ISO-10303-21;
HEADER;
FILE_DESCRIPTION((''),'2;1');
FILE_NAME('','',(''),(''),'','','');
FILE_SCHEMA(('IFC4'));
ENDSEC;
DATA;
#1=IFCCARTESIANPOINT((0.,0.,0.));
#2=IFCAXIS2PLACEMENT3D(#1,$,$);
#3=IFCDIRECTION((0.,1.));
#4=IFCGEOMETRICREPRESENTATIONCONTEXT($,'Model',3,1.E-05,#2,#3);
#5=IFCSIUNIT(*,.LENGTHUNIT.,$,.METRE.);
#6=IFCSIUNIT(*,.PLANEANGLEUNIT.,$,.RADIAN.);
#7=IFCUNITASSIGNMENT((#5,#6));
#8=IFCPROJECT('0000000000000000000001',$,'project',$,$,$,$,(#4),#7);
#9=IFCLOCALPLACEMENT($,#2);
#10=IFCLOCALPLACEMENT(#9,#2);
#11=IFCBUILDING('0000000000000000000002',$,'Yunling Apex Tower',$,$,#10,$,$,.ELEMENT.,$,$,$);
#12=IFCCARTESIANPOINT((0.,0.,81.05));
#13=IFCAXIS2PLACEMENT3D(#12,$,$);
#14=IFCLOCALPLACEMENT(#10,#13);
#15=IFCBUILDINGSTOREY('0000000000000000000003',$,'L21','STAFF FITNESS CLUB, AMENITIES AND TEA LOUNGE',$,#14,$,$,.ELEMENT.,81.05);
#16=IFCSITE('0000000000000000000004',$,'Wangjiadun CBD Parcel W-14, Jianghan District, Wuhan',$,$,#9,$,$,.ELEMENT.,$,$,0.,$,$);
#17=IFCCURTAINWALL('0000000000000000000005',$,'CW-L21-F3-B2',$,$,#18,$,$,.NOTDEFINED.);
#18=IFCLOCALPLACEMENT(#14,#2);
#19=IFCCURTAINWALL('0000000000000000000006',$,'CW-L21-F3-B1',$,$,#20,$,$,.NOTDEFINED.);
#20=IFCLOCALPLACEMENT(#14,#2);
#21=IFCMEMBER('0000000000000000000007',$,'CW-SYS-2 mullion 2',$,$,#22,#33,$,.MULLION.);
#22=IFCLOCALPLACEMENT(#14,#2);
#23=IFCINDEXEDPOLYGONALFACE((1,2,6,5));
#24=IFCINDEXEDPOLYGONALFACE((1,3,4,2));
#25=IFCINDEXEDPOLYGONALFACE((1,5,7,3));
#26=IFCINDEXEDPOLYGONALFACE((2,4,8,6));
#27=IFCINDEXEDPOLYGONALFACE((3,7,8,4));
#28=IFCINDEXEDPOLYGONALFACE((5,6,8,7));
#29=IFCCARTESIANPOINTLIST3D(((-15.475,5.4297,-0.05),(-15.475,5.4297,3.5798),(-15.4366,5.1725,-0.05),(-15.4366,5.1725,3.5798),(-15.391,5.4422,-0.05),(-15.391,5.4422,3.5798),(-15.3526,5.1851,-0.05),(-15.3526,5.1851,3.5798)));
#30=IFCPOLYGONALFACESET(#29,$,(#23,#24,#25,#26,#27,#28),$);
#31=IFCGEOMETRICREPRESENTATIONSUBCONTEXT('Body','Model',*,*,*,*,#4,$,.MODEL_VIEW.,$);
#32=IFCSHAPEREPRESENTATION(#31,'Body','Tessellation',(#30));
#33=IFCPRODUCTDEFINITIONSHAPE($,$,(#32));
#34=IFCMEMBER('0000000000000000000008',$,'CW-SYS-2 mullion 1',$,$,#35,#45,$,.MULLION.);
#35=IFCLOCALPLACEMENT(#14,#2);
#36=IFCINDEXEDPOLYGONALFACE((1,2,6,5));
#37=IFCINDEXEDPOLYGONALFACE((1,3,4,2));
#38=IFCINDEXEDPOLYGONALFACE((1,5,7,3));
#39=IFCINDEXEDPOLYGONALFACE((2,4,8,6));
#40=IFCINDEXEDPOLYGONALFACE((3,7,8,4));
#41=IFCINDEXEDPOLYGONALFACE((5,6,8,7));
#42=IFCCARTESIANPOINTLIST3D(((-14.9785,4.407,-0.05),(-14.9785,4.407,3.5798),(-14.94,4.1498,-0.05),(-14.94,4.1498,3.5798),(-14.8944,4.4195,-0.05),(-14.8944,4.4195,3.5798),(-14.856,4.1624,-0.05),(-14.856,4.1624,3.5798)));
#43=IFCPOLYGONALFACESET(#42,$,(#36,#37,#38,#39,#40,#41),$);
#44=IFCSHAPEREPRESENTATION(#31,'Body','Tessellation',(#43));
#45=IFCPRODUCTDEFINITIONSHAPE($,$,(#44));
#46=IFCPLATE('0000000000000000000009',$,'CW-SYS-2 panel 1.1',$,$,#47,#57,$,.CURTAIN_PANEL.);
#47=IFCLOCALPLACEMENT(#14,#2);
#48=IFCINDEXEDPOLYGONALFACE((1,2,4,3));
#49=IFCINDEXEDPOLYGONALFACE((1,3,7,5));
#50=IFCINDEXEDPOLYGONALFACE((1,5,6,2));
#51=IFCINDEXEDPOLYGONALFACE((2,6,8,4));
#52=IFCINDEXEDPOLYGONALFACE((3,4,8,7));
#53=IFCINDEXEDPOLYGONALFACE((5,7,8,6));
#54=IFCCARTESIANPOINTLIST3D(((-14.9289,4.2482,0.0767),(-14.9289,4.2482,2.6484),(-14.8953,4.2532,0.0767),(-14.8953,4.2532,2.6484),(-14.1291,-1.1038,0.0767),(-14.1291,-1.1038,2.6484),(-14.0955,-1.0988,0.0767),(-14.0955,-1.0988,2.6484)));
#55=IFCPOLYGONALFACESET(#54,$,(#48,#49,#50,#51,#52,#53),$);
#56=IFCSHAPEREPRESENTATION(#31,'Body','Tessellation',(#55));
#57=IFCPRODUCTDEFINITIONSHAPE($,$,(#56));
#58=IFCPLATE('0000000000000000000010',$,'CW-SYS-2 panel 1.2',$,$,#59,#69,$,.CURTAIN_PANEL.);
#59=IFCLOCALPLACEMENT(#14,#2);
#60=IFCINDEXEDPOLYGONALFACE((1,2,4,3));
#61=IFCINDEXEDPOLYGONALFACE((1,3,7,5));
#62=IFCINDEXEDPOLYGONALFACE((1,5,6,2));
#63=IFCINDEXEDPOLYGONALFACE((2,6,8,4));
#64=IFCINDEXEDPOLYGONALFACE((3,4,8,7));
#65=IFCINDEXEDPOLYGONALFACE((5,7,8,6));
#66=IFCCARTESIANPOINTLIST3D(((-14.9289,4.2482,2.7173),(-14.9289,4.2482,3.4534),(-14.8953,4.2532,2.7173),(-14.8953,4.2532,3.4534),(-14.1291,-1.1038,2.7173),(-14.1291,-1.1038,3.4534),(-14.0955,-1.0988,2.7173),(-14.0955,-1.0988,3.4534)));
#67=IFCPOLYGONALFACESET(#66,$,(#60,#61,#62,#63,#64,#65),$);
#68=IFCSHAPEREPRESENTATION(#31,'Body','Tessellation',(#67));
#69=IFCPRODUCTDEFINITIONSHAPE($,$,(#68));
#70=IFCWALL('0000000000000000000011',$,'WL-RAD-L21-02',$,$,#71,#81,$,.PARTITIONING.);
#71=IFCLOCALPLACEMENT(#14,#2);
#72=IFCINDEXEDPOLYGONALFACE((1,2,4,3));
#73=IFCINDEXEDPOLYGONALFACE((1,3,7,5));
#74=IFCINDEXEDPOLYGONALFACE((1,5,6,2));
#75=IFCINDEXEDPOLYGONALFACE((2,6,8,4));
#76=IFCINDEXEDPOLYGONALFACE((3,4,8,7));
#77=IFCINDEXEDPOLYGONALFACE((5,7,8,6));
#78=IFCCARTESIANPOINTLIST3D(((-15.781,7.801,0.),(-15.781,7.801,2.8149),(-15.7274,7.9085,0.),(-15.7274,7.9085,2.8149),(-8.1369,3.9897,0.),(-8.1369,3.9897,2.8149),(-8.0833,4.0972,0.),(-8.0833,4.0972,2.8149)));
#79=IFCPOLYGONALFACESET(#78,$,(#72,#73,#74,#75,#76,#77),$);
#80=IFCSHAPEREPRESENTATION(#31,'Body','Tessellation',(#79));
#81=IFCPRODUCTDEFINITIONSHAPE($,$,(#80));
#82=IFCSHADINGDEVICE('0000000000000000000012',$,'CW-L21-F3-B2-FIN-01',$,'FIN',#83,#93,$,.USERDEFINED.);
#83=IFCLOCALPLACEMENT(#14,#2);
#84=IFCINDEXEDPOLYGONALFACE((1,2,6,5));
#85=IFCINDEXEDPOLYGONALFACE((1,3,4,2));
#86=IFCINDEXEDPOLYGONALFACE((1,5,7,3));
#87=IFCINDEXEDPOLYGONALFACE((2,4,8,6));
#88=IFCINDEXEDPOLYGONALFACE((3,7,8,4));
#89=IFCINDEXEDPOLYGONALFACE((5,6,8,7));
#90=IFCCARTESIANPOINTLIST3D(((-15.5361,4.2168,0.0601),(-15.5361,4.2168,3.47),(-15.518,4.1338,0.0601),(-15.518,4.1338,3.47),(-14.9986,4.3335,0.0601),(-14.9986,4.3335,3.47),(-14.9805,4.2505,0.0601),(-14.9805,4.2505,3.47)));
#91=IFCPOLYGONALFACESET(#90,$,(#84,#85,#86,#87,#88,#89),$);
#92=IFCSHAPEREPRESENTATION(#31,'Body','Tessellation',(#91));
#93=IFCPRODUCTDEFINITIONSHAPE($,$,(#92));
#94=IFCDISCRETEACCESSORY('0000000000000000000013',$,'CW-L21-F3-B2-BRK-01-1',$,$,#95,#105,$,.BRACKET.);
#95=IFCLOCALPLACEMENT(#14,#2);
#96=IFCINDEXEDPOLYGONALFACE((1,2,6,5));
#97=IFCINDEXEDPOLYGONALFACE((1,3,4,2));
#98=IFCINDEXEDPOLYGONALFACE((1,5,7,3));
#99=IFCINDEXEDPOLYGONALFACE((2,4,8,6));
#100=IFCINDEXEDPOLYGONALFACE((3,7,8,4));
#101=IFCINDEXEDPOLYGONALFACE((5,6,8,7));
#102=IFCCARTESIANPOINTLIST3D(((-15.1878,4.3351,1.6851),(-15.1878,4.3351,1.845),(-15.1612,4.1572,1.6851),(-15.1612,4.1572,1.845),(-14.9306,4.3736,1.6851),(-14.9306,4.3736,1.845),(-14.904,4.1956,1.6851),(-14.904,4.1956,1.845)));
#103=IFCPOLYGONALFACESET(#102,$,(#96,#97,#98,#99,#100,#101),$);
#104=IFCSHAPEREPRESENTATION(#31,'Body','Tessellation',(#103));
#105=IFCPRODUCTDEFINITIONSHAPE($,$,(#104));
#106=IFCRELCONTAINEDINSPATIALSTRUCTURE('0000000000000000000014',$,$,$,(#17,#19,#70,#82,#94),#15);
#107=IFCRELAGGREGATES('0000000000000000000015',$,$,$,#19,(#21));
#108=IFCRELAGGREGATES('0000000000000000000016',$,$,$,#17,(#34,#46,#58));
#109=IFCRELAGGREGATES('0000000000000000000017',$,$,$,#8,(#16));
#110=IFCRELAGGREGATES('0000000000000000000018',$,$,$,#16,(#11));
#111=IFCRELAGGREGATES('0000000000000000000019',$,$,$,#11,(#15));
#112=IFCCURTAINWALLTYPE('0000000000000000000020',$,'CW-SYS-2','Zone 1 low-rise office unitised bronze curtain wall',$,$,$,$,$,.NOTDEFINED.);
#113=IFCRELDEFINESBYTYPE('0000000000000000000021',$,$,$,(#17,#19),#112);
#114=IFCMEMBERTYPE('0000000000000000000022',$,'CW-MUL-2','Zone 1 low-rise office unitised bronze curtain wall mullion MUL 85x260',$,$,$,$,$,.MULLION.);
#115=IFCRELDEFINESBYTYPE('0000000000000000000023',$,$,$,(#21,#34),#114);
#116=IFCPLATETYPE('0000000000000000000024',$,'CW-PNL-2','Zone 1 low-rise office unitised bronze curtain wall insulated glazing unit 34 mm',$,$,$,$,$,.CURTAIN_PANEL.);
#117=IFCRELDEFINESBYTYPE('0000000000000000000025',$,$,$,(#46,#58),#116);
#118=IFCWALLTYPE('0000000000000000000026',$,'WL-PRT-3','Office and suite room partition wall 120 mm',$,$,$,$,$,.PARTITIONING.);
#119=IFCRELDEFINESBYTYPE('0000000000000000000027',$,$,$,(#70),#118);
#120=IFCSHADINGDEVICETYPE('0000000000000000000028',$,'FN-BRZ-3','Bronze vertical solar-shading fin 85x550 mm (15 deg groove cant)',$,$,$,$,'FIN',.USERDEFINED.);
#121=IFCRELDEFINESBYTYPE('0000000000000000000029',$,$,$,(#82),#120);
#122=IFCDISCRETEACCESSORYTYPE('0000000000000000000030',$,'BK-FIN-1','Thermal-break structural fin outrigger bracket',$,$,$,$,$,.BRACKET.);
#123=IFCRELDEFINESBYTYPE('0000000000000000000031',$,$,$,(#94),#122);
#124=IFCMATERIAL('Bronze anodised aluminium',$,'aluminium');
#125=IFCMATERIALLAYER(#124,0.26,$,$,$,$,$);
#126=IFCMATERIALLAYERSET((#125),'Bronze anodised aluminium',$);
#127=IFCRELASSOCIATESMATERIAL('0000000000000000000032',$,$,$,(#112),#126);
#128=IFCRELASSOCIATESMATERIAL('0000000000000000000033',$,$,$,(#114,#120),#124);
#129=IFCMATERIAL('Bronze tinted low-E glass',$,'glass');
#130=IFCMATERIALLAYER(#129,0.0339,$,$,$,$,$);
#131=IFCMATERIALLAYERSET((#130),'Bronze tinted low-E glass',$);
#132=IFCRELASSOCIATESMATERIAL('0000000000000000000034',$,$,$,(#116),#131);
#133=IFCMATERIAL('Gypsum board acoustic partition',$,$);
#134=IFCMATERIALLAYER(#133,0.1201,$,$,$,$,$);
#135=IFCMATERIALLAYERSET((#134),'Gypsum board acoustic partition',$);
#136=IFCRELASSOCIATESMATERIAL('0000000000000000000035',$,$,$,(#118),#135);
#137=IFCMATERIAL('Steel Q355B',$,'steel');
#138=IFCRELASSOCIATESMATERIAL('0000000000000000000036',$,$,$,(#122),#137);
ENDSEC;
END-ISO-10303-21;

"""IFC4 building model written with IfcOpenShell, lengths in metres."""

from ifc_helpers import new_model, si_unit, direction, frame, frame_2d, origin, origin_2d, place, context, subcontext, project, spatial, rectangle, extrude, source, transform, mapped, material, layer, layer_set, material_profile, profile_set, type_object, element, aggregate, save


model = new_model("IFC4")

# Units and contexts
model_context = context("Model", 3, precision=1e-05, world=origin(), true_north=direction((0.0, 1.0)))
body_context = subcontext(model_context, "Body", "Model", "MODEL_VIEW")
ifc_project = project(units=[si_unit("LENGTHUNIT", "METRE"), si_unit("PLANEANGLEUNIT", "RADIAN")], contexts=[model_context])

# Site, building, storey
site_placement = place(None, origin())
site = spatial("IfcSite", under=ifc_project, at=site_placement, Name="Wangjiadun CBD Parcel W-14, Jianghan District, Wuhan", CompositionType="ELEMENT", RefElevation=0.0)
building_placement = place(site_placement, origin())
building = spatial("IfcBuilding", under=site, at=building_placement, Name="Yunling Apex Tower", CompositionType="ELEMENT")
storey_placement = place(building_placement, frame((0.0, 0.0, 81.05)))
storey = spatial("IfcBuildingStorey", under=building, at=storey_placement, Name="L21", Description="STAFF FITNESS CLUB, AMENITIES AND TEA LOUNGE", CompositionType="ELEMENT", Elevation=81.05)

# Shared definitions
ifc_material_1 = material(Name="Steel Q355B", Category="steel")

# Curtain wall
ifc_material_2 = material(Name="Bronze anodised aluminium", Category="aluminium")
ifc_layer_1 = layer(ifc_material_2, 0.26)
ifc_layer_set_1 = layer_set([ifc_layer_1], Name="Bronze anodised aluminium")
curtain_wall_type = type_object("IfcCurtainWallType", Name="CW-SYS-2", Description="Zone 1 low-rise office unitised bronze curtain wall", PredefinedType="NOTDEFINED", material=ifc_layer_set_1)
curtain_wall_1_placement = place(storey_placement, origin())
curtain_wall_1 = element("IfcCurtainWall", 1, at=curtain_wall_1_placement, inside=storey, type_object=curtain_wall_type, Name="CW-L21-F3-B2", PredefinedType="NOTDEFINED")

# Curtain wall, member
curtain_wall_2_placement = place(storey_placement, origin())
curtain_wall_2 = element("IfcCurtainWall", 2, at=curtain_wall_2_placement, inside=storey, type_object=curtain_wall_type, Name="CW-L21-F3-B1", PredefinedType="NOTDEFINED")
ifc_material_profile_1 = material_profile(ifc_material_2, rectangle(XDim=0.085, YDim=0.26, at=origin_2d()))
ifc_profile_set_1 = profile_set([ifc_material_profile_1], Name="Bronze anodised aluminium")
member_type_1 = type_object("IfcMemberType", Name="CW-MUL-2", Description="Zone 1 low-rise office unitised bronze curtain wall mullion MUL 85x260", PredefinedType="MULLION", material=ifc_profile_set_1)
shared_shape_1 = source(origin(), body_context, "Body", "SweptSolid", [
    extrude(rectangle(XDim=0.085, YDim=0.26, at=origin_2d()), origin(), (0.0, 0.0, 1.0), 3.6299),
])
member_1_placement = place(storey_placement, frame((-15.4138, 5.3074, -0.05), z_axis=(0.0, 0.0, 1.0), x_axis=(0.989017, 0.147799, 0.0)))
member_1 = element("IfcMember", 3, at=member_1_placement, type_object=member_type_1, Name="CW-SYS-2 mullion 2", PredefinedType="MULLION", context=body_context, shape_type="MappedRepresentation", body=[
    mapped(shared_shape_1, transform((0.0, 0.0, 0.0), scale=1.0)),
])
aggregate(curtain_wall_2, [member_1])

# Member
member_2_placement = place(storey_placement, frame((-14.9172, 4.2847, -0.05), z_axis=(0.0, 0.0, 1.0), x_axis=(0.989017, 0.147801, 0.0)))
member_2 = element("IfcMember", 4, at=member_2_placement, type_object=member_type_1, Name="CW-SYS-2 mullion 1", PredefinedType="MULLION", context=body_context, shape_type="MappedRepresentation", body=[
    mapped(shared_shape_1, transform((0.0, 0.0, 0.0), scale=1.0)),
])

# Plates
ifc_material_3 = material(Name="Bronze tinted low-E glass", Category="glass")
ifc_layer_2 = layer(ifc_material_3, 0.0339)
ifc_layer_set_2 = layer_set([ifc_layer_2], Name="Bronze tinted low-E glass")
plate_type = type_object("IfcPlateType", Name="CW-PNL-2", Description="Zone 1 low-rise office unitised bronze curtain wall insulated glazing unit 34 mm", PredefinedType="CURTAIN_PANEL", material=ifc_layer_set_2)
shared_shape_2 = source(origin(), body_context, "Body", "SweptSolid", [
    extrude(rectangle(XDim=5.4114, YDim=0.0339, at=origin_2d()), origin(), (0.0, 0.0, 1.0), 2.5718),
])
plate_1_placement = place(storey_placement, frame((-14.5122, 1.5747, 0.0767), z_axis=(0.0, 0.0, 1.0), x_axis=(0.147801, -0.989017, 0.0)))
plate_1 = element("IfcPlate", 5, at=plate_1_placement, type_object=plate_type, Name="CW-SYS-2 panel 1.1", PredefinedType="CURTAIN_PANEL", context=body_context, shape_type="MappedRepresentation", body=[
    mapped(shared_shape_2, transform((0.0, 0.0, 0.0), scale=1.0)),
])
shared_shape_3 = source(origin(), body_context, "Body", "SweptSolid", [
    extrude(rectangle(XDim=5.4114, YDim=0.0339, at=origin_2d()), origin(), (0.0, 0.0, 1.0), 0.7361),
])
plate_2_placement = place(storey_placement, frame((-14.5122, 1.5747, 2.7173), z_axis=(0.0, 0.0, 1.0), x_axis=(0.147801, -0.989017, 0.0)))
plate_2 = element("IfcPlate", 6, at=plate_2_placement, type_object=plate_type, Name="CW-SYS-2 panel 1.2", PredefinedType="CURTAIN_PANEL", context=body_context, shape_type="MappedRepresentation", body=[
    mapped(shared_shape_3, transform((0.0, 0.0, 0.0), scale=1.0)),
])
aggregate(curtain_wall_1, [member_2, plate_1, plate_2])

# Wall
ifc_material_4 = material(Name="Gypsum board acoustic partition")
ifc_layer_3 = layer(ifc_material_4, 0.1201)
ifc_layer_set_3 = layer_set([ifc_layer_3], Name="Gypsum board acoustic partition")
wall_type = type_object("IfcWallType", Name="WL-PRT-3", Description="Office and suite room partition wall 120 mm", PredefinedType="PARTITIONING", material=ifc_layer_set_3)
wall_placement = place(storey_placement, frame((-8.1101, 4.0435, 0.0), z_axis=(0.0, 0.0, 1.0), x_axis=(-0.89493, 0.446207, 0.0)))
element("IfcWall", 7, at=wall_placement, inside=storey, type_object=wall_type, Name="WL-RAD-L21-02", PredefinedType="PARTITIONING", context=body_context, shape_type="SweptSolid", body=[
    extrude(rectangle(XDim=8.5415, YDim=0.1201, at=frame_2d((4.2708, 0.0))), origin(), (0.0, 0.0, 1.0), 2.8149),
])

# Shading device
ifc_material_profile_2 = material_profile(ifc_material_2, rectangle(XDim=0.085, YDim=0.55, at=origin_2d()))
ifc_profile_set_2 = profile_set([ifc_material_profile_2], Name="Bronze anodised aluminium")
shading_device_type = type_object("IfcShadingDeviceType", Name="FN-BRZ-3", Description="Bronze vertical solar-shading fin 85x550 mm (15 deg groove cant)", ElementType="FIN", PredefinedType="USERDEFINED", material=ifc_profile_set_2)
shared_shape_4 = source(origin(), body_context, "Body", "SweptSolid", [
    extrude(rectangle(XDim=0.085, YDim=0.55, at=origin_2d()), origin(), (0.0, 0.0, 1.0), 3.4099),
])
shading_device_placement = place(storey_placement, frame((-15.2583, 4.2336, 0.0601), z_axis=(0.0, 0.0, 1.0), x_axis=(0.212178, -0.977231, 0.0)))
element("IfcShadingDevice", 8, at=shading_device_placement, inside=storey, type_object=shading_device_type, Name="CW-L21-F3-B2-FIN-01", ObjectType="FIN", PredefinedType="USERDEFINED", context=body_context, shape_type="MappedRepresentation", body=[
    mapped(shared_shape_4, transform((0.0, 0.0, 0.0), scale=1.0)),
])

# Discrete accessory
discrete_accessory_type = type_object("IfcDiscreteAccessoryType", Name="BK-FIN-1", Description="Thermal-break structural fin outrigger bracket", PredefinedType="BRACKET", material=ifc_material_1)
shared_shape_5 = source(origin(), body_context, "Body", "SweptSolid", [
    extrude(rectangle(XDim=0.1799, YDim=0.26, at=origin_2d()), origin(), (0.0, 0.0, 1.0), 0.1599),
])
discrete_accessory_placement = place(storey_placement, frame((-15.0459, 4.2654, 1.6851), z_axis=(0.0, 0.0, 1.0), x_axis=(0.147809, -0.989016, 0.0)))
element("IfcDiscreteAccessory", 9, at=discrete_accessory_placement, inside=storey, type_object=discrete_accessory_type, Name="CW-L21-F3-B2-BRK-01-1", PredefinedType="BRACKET", context=body_context, shape_type="MappedRepresentation", body=[
    mapped(shared_shape_5, transform((0.0, 0.0, 0.0), scale=1.0)),
])

save(model, "model.ifc")
